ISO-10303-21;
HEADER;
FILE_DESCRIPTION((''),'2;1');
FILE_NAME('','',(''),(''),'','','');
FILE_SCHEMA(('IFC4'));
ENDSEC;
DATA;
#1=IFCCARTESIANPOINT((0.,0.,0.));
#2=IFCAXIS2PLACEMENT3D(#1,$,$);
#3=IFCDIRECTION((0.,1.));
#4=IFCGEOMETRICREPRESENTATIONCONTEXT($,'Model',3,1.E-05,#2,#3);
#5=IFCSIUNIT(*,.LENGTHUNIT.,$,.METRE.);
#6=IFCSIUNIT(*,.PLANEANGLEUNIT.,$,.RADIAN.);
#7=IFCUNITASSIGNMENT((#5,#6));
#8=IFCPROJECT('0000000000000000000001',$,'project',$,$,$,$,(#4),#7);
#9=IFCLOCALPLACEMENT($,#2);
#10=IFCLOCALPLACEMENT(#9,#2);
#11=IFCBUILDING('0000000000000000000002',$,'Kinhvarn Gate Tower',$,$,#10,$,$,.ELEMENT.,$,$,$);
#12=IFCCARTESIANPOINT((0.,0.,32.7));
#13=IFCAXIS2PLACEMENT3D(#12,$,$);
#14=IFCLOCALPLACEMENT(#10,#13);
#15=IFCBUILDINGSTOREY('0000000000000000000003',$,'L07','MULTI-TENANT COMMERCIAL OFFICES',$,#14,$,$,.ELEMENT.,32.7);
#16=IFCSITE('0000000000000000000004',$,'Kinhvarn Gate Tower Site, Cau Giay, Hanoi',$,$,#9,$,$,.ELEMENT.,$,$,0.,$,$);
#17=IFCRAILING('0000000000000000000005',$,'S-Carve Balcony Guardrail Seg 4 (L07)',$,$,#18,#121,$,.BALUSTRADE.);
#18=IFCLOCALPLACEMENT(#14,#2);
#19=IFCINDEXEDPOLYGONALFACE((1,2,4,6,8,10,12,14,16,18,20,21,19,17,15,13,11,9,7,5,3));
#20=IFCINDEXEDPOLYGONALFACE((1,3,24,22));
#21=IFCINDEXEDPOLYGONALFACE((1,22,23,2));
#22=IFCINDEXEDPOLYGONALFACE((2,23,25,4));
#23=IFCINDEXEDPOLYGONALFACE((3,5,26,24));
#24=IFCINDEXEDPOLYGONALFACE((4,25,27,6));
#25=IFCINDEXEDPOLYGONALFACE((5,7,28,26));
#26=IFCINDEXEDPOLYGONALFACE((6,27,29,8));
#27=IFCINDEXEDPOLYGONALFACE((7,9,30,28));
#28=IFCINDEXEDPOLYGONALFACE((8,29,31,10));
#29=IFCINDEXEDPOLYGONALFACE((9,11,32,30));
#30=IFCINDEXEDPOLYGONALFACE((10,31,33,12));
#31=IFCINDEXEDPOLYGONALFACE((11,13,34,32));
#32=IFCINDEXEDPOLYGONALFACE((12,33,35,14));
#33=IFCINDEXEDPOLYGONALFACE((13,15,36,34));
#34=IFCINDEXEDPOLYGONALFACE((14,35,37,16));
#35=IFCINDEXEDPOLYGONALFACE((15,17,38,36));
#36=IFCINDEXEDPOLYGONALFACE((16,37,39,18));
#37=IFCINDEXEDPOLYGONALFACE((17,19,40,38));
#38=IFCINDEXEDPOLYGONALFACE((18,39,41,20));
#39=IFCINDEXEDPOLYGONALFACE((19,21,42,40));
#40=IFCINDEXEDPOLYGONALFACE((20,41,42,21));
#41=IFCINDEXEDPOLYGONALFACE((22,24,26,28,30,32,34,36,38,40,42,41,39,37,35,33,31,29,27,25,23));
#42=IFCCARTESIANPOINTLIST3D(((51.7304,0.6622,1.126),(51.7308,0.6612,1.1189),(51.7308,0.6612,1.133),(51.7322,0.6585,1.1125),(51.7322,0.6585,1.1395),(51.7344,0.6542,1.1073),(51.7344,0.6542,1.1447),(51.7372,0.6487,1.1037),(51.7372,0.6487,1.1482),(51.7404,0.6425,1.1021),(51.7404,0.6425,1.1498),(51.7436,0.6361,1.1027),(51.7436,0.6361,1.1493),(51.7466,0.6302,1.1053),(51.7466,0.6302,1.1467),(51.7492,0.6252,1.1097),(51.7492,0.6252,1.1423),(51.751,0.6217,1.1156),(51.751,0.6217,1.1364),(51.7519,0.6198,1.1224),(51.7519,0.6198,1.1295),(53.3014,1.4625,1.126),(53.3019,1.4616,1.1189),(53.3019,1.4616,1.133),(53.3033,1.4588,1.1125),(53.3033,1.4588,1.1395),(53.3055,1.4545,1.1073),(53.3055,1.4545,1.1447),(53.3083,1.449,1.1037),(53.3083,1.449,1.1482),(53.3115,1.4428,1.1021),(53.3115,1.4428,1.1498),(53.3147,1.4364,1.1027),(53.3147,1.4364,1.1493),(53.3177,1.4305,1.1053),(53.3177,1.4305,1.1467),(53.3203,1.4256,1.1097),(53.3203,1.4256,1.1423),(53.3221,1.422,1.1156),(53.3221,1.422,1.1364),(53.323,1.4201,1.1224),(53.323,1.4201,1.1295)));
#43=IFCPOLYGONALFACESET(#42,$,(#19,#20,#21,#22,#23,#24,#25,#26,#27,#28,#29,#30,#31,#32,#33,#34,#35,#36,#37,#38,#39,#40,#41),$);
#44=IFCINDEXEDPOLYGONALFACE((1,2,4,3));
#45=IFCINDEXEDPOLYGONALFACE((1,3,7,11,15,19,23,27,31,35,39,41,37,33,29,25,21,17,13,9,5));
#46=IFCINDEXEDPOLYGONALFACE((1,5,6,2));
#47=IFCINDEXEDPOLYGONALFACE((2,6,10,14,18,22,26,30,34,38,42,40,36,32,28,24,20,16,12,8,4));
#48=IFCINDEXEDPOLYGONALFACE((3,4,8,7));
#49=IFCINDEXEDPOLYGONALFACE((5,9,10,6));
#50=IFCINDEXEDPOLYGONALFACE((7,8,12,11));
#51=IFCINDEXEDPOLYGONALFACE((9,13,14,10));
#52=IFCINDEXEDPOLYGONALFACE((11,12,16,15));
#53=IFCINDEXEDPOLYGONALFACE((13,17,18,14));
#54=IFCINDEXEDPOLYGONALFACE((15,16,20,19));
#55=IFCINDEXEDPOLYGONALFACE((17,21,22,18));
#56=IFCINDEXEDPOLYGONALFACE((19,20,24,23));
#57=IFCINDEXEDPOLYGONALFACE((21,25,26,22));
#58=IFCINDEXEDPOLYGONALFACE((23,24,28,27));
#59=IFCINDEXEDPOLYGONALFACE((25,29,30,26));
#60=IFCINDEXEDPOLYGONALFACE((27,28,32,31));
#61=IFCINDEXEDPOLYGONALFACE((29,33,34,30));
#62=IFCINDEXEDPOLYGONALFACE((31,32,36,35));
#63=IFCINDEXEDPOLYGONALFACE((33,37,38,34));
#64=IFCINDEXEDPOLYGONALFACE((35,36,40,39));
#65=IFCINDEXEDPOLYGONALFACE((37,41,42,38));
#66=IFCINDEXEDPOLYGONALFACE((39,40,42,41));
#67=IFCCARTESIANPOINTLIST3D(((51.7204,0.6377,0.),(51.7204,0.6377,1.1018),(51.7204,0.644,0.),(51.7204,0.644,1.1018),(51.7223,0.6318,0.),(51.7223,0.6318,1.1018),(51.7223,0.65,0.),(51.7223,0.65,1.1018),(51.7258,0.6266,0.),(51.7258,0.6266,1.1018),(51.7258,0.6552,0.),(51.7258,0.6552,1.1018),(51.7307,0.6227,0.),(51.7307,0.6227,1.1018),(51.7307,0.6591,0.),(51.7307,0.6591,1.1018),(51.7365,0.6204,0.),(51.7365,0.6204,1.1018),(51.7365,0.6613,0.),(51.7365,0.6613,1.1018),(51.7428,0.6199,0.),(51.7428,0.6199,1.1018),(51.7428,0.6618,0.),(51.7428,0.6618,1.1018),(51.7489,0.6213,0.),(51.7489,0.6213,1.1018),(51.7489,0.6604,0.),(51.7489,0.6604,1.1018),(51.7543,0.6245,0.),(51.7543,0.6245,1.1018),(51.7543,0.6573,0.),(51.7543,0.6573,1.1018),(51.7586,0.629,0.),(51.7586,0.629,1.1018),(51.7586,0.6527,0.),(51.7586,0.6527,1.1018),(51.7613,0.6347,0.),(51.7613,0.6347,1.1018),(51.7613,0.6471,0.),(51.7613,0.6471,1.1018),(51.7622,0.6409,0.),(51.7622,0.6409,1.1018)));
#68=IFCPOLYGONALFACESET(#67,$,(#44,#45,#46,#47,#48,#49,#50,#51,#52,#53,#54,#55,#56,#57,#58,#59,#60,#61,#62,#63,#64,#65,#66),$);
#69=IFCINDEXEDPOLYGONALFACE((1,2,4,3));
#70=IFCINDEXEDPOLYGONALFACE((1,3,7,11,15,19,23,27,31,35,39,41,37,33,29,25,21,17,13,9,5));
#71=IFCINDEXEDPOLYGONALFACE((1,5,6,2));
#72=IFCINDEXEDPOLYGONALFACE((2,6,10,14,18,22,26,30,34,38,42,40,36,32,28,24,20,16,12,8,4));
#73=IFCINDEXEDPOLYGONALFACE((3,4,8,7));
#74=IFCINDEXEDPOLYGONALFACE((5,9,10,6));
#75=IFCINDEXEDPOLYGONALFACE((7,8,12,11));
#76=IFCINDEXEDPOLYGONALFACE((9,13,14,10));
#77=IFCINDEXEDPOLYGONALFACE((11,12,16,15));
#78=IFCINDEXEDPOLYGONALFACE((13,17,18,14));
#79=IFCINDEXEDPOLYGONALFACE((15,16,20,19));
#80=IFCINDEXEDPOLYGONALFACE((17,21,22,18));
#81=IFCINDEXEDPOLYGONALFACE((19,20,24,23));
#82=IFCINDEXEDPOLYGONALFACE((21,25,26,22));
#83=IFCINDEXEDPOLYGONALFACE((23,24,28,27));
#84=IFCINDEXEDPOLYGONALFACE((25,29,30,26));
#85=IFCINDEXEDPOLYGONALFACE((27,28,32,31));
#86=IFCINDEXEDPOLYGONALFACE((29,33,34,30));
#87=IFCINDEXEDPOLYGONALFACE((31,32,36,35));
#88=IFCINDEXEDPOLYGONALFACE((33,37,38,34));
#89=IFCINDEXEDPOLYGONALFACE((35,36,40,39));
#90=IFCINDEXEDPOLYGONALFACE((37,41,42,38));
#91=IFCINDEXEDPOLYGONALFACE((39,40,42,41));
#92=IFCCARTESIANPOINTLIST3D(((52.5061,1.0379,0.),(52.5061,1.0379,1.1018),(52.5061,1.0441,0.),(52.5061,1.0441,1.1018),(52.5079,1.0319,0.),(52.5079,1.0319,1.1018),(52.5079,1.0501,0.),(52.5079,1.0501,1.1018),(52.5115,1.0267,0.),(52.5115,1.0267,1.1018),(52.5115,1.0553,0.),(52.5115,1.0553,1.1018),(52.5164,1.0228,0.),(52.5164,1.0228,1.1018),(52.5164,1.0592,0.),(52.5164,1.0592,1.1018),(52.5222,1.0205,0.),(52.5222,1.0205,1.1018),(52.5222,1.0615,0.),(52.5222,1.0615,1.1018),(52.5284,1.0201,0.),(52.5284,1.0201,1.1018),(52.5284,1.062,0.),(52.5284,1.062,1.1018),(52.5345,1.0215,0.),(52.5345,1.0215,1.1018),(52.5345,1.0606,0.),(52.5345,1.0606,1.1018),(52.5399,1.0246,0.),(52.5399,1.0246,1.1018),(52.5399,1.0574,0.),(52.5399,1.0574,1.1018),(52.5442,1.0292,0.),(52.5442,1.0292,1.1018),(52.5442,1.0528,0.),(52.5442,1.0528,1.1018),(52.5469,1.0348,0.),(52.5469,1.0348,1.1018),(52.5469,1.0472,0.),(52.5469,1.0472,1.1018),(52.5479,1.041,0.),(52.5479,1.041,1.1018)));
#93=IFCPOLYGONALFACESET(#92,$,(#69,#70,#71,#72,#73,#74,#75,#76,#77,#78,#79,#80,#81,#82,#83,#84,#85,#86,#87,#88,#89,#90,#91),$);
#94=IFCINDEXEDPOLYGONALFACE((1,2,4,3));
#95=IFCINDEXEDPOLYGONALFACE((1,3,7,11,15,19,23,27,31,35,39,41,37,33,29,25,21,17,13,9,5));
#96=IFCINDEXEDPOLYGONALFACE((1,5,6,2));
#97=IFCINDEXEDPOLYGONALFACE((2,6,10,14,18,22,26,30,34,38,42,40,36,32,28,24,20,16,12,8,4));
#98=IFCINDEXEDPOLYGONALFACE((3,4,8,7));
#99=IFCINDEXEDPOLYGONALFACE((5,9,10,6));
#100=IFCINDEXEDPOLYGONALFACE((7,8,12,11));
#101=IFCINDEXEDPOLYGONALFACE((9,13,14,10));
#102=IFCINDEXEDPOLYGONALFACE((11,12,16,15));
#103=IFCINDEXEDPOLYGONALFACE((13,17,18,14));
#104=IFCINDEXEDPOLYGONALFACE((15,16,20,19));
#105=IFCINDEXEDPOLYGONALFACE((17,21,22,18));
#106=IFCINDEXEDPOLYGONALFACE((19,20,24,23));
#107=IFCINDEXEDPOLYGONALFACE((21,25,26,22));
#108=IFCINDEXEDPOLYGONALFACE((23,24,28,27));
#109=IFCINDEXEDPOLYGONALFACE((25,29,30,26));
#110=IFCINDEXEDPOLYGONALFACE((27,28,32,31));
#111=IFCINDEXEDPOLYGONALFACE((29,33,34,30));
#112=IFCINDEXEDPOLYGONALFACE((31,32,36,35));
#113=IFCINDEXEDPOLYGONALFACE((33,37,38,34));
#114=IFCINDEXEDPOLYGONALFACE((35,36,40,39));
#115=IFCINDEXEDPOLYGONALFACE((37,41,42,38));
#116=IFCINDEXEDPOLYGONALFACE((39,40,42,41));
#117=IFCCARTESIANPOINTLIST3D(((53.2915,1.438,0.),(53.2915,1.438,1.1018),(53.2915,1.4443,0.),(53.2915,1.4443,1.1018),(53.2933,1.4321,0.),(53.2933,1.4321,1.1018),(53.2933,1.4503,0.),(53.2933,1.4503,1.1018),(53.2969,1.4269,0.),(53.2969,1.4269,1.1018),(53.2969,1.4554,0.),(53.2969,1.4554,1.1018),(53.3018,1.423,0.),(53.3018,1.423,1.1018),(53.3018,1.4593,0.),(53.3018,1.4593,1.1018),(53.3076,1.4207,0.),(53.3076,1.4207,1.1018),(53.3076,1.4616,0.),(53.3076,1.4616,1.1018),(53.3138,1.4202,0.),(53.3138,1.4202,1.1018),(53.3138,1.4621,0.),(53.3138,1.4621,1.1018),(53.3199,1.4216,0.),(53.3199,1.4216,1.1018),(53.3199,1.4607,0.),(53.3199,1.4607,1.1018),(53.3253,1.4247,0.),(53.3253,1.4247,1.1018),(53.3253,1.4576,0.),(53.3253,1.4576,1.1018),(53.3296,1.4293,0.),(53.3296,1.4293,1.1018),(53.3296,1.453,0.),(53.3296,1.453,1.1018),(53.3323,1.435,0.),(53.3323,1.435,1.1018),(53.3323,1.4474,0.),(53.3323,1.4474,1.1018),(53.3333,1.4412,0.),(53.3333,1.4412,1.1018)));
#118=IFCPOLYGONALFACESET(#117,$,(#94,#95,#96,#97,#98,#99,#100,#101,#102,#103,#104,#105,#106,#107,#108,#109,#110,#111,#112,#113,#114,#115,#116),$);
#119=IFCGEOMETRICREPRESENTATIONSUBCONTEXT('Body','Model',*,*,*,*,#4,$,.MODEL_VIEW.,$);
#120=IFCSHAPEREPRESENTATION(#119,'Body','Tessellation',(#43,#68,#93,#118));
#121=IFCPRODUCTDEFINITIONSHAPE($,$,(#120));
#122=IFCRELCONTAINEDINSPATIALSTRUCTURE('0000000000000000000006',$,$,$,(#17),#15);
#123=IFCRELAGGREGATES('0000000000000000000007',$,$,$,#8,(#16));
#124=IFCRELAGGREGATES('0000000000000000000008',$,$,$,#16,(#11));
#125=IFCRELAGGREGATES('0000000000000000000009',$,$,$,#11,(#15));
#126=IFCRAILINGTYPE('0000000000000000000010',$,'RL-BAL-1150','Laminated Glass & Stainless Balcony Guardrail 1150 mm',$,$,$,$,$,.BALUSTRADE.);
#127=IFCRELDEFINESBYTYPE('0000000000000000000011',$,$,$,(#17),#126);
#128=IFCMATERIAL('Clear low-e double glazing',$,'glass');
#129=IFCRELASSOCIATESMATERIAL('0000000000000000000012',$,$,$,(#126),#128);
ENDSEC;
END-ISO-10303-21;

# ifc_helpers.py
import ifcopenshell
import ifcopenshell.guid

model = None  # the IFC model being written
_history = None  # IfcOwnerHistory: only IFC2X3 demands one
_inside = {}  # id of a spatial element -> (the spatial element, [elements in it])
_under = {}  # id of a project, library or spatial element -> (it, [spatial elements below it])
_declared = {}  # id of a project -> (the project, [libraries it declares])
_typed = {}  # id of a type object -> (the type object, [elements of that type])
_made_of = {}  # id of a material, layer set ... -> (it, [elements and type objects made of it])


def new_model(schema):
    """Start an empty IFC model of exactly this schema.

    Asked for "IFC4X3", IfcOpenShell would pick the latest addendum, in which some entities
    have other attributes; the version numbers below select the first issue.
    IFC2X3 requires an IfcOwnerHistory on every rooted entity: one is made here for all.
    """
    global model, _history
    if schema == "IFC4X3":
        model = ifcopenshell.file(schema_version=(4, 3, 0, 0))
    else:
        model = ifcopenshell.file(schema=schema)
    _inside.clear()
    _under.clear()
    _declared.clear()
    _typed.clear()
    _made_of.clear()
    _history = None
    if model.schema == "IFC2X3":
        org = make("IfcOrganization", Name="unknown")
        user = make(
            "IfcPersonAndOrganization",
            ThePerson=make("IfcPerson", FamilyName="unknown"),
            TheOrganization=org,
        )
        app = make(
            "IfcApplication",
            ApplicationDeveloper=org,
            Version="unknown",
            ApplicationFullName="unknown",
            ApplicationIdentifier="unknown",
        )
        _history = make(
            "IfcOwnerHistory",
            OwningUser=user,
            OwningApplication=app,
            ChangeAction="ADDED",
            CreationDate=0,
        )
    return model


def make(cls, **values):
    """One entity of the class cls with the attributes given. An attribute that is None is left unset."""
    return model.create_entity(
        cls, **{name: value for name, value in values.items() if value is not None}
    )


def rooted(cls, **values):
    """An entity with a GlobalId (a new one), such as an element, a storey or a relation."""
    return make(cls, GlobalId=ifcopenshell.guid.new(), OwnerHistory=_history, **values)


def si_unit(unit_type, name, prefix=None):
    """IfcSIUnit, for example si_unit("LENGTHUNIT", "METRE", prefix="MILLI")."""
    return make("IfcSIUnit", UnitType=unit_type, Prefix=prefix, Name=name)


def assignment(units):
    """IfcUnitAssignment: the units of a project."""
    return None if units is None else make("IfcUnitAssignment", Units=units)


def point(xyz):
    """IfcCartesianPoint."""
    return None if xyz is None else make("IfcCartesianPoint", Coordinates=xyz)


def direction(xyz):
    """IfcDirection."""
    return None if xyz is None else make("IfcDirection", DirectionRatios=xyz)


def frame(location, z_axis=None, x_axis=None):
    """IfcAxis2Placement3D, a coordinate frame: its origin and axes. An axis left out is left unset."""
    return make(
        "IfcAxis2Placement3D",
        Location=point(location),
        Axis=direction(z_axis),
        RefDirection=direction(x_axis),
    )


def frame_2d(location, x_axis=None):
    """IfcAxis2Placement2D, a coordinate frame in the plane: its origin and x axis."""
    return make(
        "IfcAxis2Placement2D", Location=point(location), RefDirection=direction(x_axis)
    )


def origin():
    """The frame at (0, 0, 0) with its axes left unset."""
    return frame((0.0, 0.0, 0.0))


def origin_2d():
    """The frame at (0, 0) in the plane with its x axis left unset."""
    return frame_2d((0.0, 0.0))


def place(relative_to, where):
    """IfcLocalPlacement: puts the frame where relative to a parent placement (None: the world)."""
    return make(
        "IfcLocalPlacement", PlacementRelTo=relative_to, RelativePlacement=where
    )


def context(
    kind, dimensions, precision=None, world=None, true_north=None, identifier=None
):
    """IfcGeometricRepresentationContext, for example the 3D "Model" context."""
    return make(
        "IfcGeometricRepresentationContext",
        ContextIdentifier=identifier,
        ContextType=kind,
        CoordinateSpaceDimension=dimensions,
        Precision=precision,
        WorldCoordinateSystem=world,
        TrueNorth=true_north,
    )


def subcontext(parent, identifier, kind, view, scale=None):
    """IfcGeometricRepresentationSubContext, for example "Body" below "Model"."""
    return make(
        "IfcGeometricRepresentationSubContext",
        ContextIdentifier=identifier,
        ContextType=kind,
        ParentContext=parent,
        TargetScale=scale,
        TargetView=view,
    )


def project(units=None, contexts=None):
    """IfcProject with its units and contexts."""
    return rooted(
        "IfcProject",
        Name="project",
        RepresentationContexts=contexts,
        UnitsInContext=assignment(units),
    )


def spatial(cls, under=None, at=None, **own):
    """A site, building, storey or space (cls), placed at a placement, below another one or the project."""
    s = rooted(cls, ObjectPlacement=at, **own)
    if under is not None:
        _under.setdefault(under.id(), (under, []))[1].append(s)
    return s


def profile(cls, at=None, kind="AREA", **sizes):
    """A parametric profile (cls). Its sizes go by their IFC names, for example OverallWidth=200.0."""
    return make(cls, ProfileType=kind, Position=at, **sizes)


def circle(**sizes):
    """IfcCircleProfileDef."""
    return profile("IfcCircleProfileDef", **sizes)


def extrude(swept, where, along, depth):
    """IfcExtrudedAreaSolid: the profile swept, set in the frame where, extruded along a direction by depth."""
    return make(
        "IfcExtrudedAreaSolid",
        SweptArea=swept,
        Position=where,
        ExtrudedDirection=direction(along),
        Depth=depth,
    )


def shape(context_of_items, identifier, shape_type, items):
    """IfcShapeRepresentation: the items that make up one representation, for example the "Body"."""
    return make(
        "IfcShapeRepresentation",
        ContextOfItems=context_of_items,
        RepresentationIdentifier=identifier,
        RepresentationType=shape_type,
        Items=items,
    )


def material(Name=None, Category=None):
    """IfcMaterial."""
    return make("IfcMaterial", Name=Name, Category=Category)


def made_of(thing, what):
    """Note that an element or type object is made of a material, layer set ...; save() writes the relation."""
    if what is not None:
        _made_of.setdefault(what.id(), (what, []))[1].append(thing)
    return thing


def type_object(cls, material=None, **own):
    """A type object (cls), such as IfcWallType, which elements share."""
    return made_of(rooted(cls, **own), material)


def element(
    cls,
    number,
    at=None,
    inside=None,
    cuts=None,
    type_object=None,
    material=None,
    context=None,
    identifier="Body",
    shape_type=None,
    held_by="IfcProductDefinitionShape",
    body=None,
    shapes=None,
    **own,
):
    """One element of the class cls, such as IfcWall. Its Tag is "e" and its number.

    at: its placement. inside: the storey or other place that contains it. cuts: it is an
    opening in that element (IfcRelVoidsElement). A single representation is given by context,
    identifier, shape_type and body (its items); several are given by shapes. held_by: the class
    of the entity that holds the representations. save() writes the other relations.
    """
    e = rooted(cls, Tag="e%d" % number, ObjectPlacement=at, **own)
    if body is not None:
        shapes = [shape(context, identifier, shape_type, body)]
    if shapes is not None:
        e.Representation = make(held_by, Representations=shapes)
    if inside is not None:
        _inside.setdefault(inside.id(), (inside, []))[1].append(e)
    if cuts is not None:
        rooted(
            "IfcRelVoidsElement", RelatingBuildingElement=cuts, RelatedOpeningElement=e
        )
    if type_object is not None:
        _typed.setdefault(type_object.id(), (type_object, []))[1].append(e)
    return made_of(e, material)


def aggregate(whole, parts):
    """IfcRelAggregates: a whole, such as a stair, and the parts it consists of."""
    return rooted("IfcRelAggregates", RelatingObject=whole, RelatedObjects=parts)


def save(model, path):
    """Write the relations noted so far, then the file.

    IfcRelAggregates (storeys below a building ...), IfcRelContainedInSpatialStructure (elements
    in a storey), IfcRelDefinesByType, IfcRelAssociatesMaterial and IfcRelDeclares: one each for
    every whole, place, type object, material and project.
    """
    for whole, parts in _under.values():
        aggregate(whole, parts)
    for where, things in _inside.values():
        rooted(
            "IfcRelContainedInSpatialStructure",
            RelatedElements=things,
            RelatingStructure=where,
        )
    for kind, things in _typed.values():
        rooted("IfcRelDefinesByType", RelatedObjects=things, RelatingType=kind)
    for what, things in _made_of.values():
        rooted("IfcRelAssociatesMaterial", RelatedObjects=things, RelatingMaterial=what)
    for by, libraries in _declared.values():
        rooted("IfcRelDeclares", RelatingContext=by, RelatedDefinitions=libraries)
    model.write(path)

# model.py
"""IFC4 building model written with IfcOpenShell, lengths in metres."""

from ifc_helpers import new_model, si_unit, direction, frame, origin, origin_2d, place, context, subcontext, project, spatial, circle, extrude, material, type_object, element, save


model = new_model("IFC4")

# Units and contexts
model_context = context("Model", 3, precision=1e-05, world=origin(), true_north=direction((0.0, 1.0)))
body_context = subcontext(model_context, "Body", "Model", "MODEL_VIEW")
ifc_project = project(units=[si_unit("LENGTHUNIT", "METRE"), si_unit("PLANEANGLEUNIT", "RADIAN")], contexts=[model_context])

# Site, building, storey
site_placement = place(None, origin())
site = spatial("IfcSite", under=ifc_project, at=site_placement, Name="Kinhvarn Gate Tower Site, Cau Giay, Hanoi", CompositionType="ELEMENT", RefElevation=0.0)
building_placement = place(site_placement, origin())
building = spatial("IfcBuilding", under=site, at=building_placement, Name="Kinhvarn Gate Tower", CompositionType="ELEMENT")
storey_placement = place(building_placement, frame((0.0, 0.0, 32.7)))
storey = spatial("IfcBuildingStorey", under=building, at=storey_placement, Name="L07", Description="MULTI-TENANT COMMERCIAL OFFICES", CompositionType="ELEMENT", Elevation=32.7)

# Shared definitions
ifc_material_1 = material(Name="Clear low-e double glazing", Category="glass")

# Railing
railing_type = type_object("IfcRailingType", Name="RL-BAL-1150", Description="Laminated Glass & Stainless Balcony Guardrail 1150 mm", PredefinedType="BALUSTRADE", material=ifc_material_1)
railing_1_placement = place(storey_placement, frame((51.7412, 0.6409, 0.0)))
element("IfcRailing", 1, at=railing_1_placement, inside=storey, type_object=railing_type, Name="S-Carve Balcony Guardrail Seg 4 (L07)", PredefinedType="BALUSTRADE", context=body_context, shape_type="SweptSolid", body=[
    extrude(circle(Radius=0.0239, at=origin_2d()), frame((0.0, 0.0, 1.126), z_axis=(0.891051, 0.453903, 0.0), x_axis=(-0.453903, 0.891051, 0.0)), (0.0, 0.0, 1.0), 1.7632),
    extrude(circle(Radius=0.021, at=origin_2d()), origin(), (0.0, 0.0, 1.0), 1.1018),
    extrude(circle(Radius=0.021, at=origin_2d()), frame((0.7856, 0.4001, 0.0)), (0.0, 0.0, 1.0), 1.1018),
    extrude(circle(Radius=0.021, at=origin_2d()), frame((1.571, 0.8003, 0.0)), (0.0, 0.0, 1.0), 1.1018),
])

save(model, "model.ifc")
